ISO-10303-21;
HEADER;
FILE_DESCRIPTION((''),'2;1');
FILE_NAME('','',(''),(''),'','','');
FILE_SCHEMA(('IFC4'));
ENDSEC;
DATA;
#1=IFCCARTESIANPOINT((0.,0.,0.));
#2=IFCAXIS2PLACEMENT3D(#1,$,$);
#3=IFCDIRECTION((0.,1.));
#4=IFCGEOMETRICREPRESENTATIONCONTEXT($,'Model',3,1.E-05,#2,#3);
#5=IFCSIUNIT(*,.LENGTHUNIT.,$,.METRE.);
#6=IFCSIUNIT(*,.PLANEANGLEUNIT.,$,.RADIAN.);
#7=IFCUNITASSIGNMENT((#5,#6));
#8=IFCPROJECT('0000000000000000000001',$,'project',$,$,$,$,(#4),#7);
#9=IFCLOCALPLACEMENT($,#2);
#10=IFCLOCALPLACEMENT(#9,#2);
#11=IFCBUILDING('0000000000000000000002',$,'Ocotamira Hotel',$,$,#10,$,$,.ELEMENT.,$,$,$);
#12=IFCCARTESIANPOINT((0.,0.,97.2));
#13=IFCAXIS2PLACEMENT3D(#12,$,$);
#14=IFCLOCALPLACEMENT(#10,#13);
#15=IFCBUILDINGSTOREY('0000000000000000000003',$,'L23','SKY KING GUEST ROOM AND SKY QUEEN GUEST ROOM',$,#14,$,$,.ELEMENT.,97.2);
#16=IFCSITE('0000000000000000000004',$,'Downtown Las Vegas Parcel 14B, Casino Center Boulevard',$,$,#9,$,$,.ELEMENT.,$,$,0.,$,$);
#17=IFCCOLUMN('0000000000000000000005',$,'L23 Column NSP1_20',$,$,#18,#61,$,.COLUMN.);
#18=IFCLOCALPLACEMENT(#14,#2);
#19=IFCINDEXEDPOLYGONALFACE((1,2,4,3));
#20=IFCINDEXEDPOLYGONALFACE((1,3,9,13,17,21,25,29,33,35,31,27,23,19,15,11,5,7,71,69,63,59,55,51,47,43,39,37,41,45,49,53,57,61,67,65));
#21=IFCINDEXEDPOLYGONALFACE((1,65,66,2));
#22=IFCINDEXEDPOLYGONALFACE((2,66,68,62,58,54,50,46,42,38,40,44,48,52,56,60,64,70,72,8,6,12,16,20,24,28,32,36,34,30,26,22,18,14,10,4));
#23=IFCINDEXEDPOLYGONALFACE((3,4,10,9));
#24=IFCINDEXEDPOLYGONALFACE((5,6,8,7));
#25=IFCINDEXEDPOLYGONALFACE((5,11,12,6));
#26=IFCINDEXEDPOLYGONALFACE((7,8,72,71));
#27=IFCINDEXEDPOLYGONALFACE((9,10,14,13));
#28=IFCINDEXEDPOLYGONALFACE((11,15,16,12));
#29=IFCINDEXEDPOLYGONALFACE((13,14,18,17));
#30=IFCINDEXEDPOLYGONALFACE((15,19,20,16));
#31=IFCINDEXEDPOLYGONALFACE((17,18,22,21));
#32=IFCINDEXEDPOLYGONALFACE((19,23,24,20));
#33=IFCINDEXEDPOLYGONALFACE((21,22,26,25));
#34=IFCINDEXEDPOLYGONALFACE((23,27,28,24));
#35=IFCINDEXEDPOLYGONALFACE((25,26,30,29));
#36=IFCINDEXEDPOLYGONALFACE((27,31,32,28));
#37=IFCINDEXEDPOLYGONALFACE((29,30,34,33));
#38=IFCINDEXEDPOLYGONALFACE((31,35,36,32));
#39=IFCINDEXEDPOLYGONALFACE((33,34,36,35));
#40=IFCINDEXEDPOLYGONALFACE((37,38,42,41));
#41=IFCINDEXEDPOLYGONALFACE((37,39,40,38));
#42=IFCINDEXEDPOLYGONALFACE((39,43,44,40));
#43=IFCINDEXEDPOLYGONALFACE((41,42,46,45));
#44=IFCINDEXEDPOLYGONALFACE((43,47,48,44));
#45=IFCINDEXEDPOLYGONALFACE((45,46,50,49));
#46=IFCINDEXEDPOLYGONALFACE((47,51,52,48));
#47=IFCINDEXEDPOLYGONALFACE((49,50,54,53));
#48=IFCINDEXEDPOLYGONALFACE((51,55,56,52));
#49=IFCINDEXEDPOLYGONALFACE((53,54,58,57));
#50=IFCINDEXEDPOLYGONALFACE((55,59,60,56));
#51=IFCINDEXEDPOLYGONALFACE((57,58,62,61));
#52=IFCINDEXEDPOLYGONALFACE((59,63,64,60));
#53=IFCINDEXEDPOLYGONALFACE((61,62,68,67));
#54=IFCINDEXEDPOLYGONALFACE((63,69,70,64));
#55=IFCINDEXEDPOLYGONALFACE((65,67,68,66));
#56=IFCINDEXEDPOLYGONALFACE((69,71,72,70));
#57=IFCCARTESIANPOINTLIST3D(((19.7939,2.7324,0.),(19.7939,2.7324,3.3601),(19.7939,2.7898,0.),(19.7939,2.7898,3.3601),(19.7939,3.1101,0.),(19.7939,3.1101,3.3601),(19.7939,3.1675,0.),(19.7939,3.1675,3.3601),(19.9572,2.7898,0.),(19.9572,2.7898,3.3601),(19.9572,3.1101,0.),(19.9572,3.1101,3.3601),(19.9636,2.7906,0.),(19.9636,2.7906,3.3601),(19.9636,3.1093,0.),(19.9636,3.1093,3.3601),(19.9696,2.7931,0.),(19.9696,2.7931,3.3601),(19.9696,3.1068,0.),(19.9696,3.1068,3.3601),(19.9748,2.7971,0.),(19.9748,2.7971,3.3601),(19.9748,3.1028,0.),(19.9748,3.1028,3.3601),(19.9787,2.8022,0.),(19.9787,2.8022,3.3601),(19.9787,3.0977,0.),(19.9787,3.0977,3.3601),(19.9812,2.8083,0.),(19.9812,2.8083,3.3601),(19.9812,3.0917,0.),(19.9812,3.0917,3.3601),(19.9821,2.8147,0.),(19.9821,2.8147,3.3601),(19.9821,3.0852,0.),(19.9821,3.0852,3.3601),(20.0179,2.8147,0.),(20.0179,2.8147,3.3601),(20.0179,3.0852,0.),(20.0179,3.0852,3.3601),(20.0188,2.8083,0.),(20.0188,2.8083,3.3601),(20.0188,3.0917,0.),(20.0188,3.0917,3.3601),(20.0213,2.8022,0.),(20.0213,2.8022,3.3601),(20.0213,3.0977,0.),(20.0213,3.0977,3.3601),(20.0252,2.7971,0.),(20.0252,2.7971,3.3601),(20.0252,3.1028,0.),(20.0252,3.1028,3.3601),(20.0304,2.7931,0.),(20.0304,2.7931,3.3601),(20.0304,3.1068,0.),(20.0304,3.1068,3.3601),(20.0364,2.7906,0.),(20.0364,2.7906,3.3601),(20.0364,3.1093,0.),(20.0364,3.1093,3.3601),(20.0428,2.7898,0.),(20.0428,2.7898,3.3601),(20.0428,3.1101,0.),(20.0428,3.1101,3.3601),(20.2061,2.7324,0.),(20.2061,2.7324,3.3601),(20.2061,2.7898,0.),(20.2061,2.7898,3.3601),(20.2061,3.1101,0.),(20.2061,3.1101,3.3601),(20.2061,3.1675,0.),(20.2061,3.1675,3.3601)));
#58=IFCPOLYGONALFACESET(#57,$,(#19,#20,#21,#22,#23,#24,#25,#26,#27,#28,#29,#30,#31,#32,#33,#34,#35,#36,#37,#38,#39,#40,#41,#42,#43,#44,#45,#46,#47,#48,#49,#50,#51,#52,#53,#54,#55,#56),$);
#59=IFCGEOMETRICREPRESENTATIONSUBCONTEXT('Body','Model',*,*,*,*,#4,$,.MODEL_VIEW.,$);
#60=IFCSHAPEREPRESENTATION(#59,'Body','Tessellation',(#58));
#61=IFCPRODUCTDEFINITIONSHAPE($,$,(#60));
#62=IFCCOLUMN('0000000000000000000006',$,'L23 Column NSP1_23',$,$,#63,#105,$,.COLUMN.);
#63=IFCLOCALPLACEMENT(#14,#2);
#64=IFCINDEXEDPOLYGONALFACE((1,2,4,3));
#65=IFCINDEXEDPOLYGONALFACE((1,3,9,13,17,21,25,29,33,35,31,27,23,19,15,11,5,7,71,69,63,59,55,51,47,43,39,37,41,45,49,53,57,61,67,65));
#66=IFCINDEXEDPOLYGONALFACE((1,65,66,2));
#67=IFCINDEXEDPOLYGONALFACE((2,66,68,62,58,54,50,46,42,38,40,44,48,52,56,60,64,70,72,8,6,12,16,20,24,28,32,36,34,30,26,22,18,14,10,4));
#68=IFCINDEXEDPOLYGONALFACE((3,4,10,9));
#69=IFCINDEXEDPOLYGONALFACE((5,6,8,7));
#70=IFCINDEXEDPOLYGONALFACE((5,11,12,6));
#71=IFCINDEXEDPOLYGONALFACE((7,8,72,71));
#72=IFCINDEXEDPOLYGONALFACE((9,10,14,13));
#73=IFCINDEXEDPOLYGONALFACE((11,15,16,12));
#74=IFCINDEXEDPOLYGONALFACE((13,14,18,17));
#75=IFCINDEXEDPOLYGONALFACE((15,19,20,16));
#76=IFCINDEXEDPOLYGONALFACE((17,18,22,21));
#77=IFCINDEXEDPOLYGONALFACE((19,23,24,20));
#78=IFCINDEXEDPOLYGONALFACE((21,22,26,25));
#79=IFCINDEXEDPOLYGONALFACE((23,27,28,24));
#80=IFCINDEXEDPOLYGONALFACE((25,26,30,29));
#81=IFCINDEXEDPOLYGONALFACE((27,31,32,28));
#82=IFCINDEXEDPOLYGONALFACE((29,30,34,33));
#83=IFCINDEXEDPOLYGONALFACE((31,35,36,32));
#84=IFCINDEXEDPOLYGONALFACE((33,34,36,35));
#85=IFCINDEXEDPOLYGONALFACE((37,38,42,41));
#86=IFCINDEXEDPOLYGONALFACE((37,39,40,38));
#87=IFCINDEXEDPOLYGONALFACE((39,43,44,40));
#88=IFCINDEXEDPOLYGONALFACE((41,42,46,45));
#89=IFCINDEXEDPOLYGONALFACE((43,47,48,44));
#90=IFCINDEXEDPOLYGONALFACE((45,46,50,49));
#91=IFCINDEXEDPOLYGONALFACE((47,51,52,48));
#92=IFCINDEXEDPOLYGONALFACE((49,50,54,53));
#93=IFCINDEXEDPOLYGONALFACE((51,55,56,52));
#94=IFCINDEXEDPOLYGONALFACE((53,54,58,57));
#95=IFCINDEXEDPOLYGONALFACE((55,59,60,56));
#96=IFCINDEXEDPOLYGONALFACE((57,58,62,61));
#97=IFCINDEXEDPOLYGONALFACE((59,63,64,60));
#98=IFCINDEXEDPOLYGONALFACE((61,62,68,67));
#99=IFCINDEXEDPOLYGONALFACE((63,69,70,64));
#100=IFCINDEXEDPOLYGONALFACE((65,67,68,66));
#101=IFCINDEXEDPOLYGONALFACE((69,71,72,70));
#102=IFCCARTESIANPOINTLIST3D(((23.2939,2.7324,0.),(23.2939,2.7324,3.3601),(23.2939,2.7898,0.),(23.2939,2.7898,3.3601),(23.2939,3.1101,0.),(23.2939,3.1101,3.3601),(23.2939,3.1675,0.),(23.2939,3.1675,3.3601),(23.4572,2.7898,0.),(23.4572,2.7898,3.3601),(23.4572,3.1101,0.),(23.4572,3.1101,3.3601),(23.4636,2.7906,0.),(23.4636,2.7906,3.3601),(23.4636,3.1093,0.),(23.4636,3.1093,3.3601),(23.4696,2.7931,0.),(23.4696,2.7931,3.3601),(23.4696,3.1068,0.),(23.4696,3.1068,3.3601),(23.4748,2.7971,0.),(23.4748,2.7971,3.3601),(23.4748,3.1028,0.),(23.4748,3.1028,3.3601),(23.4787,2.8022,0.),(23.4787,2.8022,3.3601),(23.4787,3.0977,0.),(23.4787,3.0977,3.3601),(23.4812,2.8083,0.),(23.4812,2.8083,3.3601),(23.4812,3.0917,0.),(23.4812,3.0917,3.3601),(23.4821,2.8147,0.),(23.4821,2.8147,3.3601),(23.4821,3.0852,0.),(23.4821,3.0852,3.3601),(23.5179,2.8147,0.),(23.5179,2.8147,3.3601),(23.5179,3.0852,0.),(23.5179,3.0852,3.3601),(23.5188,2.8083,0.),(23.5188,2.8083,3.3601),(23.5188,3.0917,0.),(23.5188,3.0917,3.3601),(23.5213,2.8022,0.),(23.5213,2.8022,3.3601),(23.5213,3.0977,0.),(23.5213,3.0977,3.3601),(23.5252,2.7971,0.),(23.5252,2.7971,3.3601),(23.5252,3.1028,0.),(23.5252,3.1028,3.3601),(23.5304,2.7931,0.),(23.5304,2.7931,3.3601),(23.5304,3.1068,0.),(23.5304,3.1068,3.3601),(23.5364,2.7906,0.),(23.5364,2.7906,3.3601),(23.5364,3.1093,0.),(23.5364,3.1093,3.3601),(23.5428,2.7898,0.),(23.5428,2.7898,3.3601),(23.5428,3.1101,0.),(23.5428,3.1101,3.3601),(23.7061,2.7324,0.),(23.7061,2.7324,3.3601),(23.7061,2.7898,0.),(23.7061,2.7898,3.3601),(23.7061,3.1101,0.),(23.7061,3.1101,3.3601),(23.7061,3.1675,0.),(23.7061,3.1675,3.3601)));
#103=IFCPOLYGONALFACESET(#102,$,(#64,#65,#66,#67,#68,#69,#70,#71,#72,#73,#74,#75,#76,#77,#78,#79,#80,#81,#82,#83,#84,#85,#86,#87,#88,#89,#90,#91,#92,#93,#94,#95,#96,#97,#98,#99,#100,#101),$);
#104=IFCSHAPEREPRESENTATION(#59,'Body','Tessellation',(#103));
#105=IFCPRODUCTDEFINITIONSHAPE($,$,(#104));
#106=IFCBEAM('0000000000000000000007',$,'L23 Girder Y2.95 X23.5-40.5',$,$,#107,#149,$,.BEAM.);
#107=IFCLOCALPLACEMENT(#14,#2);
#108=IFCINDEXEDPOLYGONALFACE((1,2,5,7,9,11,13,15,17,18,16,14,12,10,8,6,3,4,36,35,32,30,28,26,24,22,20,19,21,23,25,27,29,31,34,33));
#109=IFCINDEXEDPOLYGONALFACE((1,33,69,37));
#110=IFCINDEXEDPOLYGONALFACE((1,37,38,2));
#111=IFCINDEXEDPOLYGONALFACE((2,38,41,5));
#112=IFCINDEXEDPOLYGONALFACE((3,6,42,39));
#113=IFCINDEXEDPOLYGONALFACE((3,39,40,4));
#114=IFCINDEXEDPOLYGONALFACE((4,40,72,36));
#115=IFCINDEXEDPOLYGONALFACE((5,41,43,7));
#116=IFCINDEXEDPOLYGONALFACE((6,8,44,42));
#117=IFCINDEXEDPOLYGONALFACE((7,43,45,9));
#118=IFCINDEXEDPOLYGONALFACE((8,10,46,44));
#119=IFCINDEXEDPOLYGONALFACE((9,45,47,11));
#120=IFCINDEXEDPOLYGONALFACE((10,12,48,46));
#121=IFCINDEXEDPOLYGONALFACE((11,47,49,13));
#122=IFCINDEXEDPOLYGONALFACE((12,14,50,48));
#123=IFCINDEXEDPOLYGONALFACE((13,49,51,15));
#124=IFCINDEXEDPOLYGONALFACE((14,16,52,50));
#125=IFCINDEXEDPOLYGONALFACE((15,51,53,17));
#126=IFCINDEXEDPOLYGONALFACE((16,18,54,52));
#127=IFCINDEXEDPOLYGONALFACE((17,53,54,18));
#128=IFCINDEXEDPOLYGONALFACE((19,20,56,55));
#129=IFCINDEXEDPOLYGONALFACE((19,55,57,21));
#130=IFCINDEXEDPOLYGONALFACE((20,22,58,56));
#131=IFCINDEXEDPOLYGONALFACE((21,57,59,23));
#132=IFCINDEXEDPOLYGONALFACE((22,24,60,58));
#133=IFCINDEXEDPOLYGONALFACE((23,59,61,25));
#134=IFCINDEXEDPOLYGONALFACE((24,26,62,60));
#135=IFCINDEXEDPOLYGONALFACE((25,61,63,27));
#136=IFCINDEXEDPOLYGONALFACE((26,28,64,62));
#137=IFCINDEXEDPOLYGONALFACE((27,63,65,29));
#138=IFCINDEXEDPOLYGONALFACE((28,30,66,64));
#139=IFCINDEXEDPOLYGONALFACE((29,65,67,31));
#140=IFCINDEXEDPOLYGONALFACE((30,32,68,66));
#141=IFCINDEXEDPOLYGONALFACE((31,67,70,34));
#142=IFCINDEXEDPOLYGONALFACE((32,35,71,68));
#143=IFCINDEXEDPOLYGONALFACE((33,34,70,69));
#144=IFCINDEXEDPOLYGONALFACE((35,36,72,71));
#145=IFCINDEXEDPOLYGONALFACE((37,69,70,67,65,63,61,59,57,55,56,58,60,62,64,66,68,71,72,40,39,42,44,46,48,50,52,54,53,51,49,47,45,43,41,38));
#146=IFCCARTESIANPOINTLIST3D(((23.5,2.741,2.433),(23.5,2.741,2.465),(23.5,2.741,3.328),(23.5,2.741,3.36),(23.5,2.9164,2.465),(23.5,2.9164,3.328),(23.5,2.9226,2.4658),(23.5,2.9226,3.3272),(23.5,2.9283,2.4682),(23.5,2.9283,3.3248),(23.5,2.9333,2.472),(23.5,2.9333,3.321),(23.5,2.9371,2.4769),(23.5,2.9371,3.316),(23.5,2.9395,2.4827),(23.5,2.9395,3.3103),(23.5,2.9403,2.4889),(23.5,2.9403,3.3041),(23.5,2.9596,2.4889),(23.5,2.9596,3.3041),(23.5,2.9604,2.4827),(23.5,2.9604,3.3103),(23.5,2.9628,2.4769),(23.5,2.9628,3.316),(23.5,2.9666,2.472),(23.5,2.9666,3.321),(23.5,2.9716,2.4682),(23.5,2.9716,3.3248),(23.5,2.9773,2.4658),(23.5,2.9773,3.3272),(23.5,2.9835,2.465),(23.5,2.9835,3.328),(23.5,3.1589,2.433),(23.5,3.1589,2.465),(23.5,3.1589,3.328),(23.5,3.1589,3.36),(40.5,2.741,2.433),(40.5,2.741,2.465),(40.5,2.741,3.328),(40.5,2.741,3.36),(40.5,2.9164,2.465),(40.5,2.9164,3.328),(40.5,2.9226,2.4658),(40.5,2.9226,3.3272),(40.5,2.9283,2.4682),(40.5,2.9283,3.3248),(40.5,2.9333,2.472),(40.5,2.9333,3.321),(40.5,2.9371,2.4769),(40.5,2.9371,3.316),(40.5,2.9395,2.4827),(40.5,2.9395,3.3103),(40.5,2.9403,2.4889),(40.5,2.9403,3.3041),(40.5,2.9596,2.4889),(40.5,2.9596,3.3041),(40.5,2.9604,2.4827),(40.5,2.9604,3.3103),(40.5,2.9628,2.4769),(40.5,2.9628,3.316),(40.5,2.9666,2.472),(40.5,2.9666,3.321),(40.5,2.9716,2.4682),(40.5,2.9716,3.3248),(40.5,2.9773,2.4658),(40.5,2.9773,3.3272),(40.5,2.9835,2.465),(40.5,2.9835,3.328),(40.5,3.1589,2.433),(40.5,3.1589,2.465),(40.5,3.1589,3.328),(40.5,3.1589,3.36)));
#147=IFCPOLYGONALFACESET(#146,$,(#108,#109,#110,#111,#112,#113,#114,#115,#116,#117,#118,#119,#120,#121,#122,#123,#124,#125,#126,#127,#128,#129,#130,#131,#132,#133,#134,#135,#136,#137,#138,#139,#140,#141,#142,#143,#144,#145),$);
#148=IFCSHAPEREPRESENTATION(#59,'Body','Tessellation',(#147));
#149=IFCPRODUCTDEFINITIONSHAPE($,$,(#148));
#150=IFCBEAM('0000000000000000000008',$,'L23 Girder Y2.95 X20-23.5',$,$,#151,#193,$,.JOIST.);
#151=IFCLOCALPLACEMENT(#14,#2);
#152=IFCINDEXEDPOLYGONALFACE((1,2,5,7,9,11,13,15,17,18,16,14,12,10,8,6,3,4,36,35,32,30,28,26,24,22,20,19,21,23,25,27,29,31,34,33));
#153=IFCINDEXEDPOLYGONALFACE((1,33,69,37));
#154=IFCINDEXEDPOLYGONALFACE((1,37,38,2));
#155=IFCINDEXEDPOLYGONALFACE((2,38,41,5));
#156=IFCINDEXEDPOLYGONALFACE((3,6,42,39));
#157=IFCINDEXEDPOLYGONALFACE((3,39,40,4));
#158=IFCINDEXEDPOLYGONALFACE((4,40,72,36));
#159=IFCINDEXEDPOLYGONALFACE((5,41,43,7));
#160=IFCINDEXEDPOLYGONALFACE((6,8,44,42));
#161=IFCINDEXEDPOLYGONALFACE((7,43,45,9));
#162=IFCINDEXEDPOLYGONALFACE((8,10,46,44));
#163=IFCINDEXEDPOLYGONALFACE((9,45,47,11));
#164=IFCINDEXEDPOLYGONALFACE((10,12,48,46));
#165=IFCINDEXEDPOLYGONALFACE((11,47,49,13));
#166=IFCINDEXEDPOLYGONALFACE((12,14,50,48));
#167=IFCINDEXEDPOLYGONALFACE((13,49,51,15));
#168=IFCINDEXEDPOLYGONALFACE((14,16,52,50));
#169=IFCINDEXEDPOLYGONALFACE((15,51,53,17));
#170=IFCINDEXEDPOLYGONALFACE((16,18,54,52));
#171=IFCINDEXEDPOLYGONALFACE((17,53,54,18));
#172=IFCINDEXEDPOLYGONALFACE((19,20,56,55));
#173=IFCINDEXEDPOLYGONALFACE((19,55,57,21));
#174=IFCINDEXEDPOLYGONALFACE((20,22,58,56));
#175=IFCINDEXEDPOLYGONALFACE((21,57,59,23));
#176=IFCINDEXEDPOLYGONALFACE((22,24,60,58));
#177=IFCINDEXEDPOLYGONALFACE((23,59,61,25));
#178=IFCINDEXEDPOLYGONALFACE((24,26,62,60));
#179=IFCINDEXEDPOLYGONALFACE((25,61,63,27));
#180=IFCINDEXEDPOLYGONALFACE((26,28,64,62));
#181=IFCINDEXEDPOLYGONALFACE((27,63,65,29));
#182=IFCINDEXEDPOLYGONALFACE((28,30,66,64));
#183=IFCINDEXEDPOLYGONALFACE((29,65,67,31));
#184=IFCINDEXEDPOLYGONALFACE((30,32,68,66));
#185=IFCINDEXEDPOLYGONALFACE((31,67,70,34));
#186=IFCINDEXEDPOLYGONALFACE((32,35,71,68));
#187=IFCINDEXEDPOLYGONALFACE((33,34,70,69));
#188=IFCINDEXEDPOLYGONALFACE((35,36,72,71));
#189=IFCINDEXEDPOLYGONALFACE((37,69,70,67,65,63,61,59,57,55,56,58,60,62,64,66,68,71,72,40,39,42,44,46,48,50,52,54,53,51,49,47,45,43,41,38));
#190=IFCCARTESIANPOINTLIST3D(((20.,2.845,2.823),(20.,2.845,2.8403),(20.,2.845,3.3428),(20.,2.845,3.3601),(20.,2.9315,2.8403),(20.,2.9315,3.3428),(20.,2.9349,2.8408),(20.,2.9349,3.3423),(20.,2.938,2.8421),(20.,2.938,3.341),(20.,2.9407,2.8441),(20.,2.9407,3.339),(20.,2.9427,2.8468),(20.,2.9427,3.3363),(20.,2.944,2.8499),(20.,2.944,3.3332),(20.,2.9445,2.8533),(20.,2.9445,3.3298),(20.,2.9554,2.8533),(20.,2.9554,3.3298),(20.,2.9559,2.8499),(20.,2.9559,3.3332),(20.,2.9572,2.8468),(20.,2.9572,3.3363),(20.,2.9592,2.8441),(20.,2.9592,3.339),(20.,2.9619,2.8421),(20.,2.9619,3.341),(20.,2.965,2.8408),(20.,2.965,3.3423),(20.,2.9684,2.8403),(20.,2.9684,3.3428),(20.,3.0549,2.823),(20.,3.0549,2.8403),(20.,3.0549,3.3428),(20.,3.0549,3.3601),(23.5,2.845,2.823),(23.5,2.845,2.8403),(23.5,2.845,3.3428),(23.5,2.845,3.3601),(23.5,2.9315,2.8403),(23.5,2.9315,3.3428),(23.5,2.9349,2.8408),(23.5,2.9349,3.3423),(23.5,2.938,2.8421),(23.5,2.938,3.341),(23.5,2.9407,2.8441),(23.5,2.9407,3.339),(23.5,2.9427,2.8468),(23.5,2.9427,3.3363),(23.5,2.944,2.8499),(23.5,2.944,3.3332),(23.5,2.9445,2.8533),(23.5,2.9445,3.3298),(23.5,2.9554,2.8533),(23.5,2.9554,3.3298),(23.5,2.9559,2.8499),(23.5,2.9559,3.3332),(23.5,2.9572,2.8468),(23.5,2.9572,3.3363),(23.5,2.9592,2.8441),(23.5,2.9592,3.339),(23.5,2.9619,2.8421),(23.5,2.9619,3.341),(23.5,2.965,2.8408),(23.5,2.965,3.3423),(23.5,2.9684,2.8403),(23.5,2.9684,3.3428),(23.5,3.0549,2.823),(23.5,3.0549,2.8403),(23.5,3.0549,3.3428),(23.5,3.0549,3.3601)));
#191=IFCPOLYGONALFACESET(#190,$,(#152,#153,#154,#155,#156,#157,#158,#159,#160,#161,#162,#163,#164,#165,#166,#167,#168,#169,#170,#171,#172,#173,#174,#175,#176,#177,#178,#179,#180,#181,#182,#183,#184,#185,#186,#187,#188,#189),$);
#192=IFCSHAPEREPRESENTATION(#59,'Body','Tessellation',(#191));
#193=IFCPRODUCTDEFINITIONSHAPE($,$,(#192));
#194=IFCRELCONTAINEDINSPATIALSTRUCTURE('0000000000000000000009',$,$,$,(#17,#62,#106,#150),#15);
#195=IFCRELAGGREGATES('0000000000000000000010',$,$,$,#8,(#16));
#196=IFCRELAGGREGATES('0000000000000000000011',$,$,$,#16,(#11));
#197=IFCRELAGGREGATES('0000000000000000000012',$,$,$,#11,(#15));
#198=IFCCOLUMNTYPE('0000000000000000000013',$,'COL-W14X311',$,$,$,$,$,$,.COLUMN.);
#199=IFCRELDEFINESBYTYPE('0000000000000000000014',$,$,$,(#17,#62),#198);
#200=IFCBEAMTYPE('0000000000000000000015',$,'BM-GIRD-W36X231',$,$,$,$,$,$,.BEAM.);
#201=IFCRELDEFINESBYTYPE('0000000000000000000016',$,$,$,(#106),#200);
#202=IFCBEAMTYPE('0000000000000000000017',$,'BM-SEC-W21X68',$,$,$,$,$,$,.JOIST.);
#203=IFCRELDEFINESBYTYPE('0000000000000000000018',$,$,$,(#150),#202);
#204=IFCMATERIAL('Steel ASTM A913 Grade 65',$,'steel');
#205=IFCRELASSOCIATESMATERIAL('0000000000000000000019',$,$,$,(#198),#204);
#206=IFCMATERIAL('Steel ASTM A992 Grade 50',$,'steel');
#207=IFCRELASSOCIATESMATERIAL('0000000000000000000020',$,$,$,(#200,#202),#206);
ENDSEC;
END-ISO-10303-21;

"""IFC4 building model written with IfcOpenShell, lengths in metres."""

from ifc_helpers import new_model, si_unit, direction, frame, origin, origin_2d, place, context, subcontext, project, spatial, i_section, extrude, source, transform, mapped, material, material_profile, profile_set, type_object, element, save


model = new_model("IFC4")

# Units and contexts
model_context = context("Model", 3, precision=1e-05, world=origin(), true_north=direction((0.0, 1.0)))
body_context = subcontext(model_context, "Body", "Model", "MODEL_VIEW")
ifc_project = project(units=[si_unit("LENGTHUNIT", "METRE"), si_unit("PLANEANGLEUNIT", "RADIAN")], contexts=[model_context])

# Site, building, storey
site_placement = place(None, origin())
site = spatial("IfcSite", under=ifc_project, at=site_placement, Name="Downtown Las Vegas Parcel 14B, Casino Center Boulevard", CompositionType="ELEMENT", RefElevation=0.0)
building_placement = place(site_placement, origin())
building = spatial("IfcBuilding", under=site, at=building_placement, Name="Ocotamira Hotel", CompositionType="ELEMENT")
storey_placement = place(building_placement, frame((0.0, 0.0, 97.2)))
storey = spatial("IfcBuildingStorey", under=building, at=storey_placement, Name="L23", Description="SKY KING GUEST ROOM AND SKY QUEEN GUEST ROOM", CompositionType="ELEMENT", Elevation=97.2)

# Columns
ifc_material_1 = material(Name="Steel ASTM A913 Grade 65", Category="steel")
ifc_material_profile_1 = material_profile(ifc_material_1, i_section(OverallWidth=0.4121, OverallDepth=0.4351, WebThickness=0.0359, FlangeThickness=0.0574, FilletRadius=0.0249, at=origin_2d()), Name="W14X311")
ifc_profile_set_1 = profile_set([ifc_material_profile_1], Name="Steel ASTM A913 Grade 65")
column_type = type_object("IfcColumnType", Name="COL-W14X311", PredefinedType="COLUMN", material=ifc_profile_set_1)
shared_shape_1 = source(origin(), body_context, "Body", "SweptSolid", [
    extrude(i_section(OverallWidth=0.4121, OverallDepth=0.4351, WebThickness=0.0359, FlangeThickness=0.0574, FilletRadius=0.0249, at=origin_2d()), origin(), (0.0, 0.0, 1.0), 3.3601),
])
for number, where, z_axis, x_axis, name in (
    (1, (20.0, 2.95, 0.0), (0.0, 0.0, 1.0), (1.0, 0.0, 0.0), "L23 Column NSP1_20"),
    (2, (23.5, 2.95, 0.0), (0.0, 0.0, 1.0), (1.0, 0.0, 0.0), "L23 Column NSP1_23"),
):
    element("IfcColumn", number, at=place(storey_placement, frame(where, z_axis=z_axis, x_axis=x_axis)), inside=storey, type_object=column_type, Name=name, PredefinedType="COLUMN", context=body_context, shape_type="MappedRepresentation", body=[
        mapped(shared_shape_1, transform((0.0, 0.0, 0.0), scale=1.0)),
    ])

# Beams
ifc_material_2 = material(Name="Steel ASTM A992 Grade 50", Category="steel")
ifc_material_profile_2 = material_profile(ifc_material_2, i_section(OverallWidth=0.418, OverallDepth=0.927, WebThickness=0.0193, FlangeThickness=0.032, FilletRadius=0.0239, at=origin_2d()), Name="W36X231")
ifc_profile_set_2 = profile_set([ifc_material_profile_2], Name="Steel ASTM A992 Grade 50")
beam_type_1 = type_object("IfcBeamType", Name="BM-GIRD-W36X231", PredefinedType="BEAM", material=ifc_profile_set_2)
shared_shape_2 = source(origin(), body_context, "Body", "SweptSolid", [
    extrude(i_section(OverallWidth=0.418, OverallDepth=0.927, WebThickness=0.0193, FlangeThickness=0.032, FilletRadius=0.0239, at=origin_2d()), origin(), (0.0, 0.0, 1.0), 17.0),
])
beam_1_placement = place(storey_placement, frame((23.5, 2.95, 2.8965), z_axis=(1.0, 0.0, 0.0), x_axis=(0.0, 1.0, 0.0)))
element("IfcBeam", 3, at=beam_1_placement, inside=storey, type_object=beam_type_1, Name="L23 Girder Y2.95 X23.5-40.5", PredefinedType="BEAM", context=body_context, shape_type="MappedRepresentation", body=[
    mapped(shared_shape_2, transform((0.0, 0.0, 0.0), scale=1.0)),
])
ifc_material_profile_3 = material_profile(ifc_material_2, i_section(OverallWidth=0.21, OverallDepth=0.5371, WebThickness=0.011, FlangeThickness=0.0173, FilletRadius=0.0129, at=origin_2d()), Name="W21X68")
ifc_profile_set_3 = profile_set([ifc_material_profile_3], Name="Steel ASTM A992 Grade 50")
beam_type_2 = type_object("IfcBeamType", Name="BM-SEC-W21X68", PredefinedType="JOIST", material=ifc_profile_set_3)
shared_shape_3 = source(origin(), body_context, "Body", "SweptSolid", [
    extrude(i_section(OverallWidth=0.21, OverallDepth=0.5371, WebThickness=0.011, FlangeThickness=0.0173, FilletRadius=0.0129, at=origin_2d()), origin(), (0.0, 0.0, 1.0), 3.5),
])
beam_2_placement = place(storey_placement, frame((20.0, 2.95, 3.0916), z_axis=(1.0, 0.0, 0.0), x_axis=(0.0, 1.0, 0.0)))
element("IfcBeam", 4, at=beam_2_placement, inside=storey, type_object=beam_type_2, Name="L23 Girder Y2.95 X20-23.5", PredefinedType="JOIST", context=body_context, shape_type="MappedRepresentation", body=[
    mapped(shared_shape_3, transform((0.0, 0.0, 0.0), scale=1.0)),
])

save(model, "model.ifc")
